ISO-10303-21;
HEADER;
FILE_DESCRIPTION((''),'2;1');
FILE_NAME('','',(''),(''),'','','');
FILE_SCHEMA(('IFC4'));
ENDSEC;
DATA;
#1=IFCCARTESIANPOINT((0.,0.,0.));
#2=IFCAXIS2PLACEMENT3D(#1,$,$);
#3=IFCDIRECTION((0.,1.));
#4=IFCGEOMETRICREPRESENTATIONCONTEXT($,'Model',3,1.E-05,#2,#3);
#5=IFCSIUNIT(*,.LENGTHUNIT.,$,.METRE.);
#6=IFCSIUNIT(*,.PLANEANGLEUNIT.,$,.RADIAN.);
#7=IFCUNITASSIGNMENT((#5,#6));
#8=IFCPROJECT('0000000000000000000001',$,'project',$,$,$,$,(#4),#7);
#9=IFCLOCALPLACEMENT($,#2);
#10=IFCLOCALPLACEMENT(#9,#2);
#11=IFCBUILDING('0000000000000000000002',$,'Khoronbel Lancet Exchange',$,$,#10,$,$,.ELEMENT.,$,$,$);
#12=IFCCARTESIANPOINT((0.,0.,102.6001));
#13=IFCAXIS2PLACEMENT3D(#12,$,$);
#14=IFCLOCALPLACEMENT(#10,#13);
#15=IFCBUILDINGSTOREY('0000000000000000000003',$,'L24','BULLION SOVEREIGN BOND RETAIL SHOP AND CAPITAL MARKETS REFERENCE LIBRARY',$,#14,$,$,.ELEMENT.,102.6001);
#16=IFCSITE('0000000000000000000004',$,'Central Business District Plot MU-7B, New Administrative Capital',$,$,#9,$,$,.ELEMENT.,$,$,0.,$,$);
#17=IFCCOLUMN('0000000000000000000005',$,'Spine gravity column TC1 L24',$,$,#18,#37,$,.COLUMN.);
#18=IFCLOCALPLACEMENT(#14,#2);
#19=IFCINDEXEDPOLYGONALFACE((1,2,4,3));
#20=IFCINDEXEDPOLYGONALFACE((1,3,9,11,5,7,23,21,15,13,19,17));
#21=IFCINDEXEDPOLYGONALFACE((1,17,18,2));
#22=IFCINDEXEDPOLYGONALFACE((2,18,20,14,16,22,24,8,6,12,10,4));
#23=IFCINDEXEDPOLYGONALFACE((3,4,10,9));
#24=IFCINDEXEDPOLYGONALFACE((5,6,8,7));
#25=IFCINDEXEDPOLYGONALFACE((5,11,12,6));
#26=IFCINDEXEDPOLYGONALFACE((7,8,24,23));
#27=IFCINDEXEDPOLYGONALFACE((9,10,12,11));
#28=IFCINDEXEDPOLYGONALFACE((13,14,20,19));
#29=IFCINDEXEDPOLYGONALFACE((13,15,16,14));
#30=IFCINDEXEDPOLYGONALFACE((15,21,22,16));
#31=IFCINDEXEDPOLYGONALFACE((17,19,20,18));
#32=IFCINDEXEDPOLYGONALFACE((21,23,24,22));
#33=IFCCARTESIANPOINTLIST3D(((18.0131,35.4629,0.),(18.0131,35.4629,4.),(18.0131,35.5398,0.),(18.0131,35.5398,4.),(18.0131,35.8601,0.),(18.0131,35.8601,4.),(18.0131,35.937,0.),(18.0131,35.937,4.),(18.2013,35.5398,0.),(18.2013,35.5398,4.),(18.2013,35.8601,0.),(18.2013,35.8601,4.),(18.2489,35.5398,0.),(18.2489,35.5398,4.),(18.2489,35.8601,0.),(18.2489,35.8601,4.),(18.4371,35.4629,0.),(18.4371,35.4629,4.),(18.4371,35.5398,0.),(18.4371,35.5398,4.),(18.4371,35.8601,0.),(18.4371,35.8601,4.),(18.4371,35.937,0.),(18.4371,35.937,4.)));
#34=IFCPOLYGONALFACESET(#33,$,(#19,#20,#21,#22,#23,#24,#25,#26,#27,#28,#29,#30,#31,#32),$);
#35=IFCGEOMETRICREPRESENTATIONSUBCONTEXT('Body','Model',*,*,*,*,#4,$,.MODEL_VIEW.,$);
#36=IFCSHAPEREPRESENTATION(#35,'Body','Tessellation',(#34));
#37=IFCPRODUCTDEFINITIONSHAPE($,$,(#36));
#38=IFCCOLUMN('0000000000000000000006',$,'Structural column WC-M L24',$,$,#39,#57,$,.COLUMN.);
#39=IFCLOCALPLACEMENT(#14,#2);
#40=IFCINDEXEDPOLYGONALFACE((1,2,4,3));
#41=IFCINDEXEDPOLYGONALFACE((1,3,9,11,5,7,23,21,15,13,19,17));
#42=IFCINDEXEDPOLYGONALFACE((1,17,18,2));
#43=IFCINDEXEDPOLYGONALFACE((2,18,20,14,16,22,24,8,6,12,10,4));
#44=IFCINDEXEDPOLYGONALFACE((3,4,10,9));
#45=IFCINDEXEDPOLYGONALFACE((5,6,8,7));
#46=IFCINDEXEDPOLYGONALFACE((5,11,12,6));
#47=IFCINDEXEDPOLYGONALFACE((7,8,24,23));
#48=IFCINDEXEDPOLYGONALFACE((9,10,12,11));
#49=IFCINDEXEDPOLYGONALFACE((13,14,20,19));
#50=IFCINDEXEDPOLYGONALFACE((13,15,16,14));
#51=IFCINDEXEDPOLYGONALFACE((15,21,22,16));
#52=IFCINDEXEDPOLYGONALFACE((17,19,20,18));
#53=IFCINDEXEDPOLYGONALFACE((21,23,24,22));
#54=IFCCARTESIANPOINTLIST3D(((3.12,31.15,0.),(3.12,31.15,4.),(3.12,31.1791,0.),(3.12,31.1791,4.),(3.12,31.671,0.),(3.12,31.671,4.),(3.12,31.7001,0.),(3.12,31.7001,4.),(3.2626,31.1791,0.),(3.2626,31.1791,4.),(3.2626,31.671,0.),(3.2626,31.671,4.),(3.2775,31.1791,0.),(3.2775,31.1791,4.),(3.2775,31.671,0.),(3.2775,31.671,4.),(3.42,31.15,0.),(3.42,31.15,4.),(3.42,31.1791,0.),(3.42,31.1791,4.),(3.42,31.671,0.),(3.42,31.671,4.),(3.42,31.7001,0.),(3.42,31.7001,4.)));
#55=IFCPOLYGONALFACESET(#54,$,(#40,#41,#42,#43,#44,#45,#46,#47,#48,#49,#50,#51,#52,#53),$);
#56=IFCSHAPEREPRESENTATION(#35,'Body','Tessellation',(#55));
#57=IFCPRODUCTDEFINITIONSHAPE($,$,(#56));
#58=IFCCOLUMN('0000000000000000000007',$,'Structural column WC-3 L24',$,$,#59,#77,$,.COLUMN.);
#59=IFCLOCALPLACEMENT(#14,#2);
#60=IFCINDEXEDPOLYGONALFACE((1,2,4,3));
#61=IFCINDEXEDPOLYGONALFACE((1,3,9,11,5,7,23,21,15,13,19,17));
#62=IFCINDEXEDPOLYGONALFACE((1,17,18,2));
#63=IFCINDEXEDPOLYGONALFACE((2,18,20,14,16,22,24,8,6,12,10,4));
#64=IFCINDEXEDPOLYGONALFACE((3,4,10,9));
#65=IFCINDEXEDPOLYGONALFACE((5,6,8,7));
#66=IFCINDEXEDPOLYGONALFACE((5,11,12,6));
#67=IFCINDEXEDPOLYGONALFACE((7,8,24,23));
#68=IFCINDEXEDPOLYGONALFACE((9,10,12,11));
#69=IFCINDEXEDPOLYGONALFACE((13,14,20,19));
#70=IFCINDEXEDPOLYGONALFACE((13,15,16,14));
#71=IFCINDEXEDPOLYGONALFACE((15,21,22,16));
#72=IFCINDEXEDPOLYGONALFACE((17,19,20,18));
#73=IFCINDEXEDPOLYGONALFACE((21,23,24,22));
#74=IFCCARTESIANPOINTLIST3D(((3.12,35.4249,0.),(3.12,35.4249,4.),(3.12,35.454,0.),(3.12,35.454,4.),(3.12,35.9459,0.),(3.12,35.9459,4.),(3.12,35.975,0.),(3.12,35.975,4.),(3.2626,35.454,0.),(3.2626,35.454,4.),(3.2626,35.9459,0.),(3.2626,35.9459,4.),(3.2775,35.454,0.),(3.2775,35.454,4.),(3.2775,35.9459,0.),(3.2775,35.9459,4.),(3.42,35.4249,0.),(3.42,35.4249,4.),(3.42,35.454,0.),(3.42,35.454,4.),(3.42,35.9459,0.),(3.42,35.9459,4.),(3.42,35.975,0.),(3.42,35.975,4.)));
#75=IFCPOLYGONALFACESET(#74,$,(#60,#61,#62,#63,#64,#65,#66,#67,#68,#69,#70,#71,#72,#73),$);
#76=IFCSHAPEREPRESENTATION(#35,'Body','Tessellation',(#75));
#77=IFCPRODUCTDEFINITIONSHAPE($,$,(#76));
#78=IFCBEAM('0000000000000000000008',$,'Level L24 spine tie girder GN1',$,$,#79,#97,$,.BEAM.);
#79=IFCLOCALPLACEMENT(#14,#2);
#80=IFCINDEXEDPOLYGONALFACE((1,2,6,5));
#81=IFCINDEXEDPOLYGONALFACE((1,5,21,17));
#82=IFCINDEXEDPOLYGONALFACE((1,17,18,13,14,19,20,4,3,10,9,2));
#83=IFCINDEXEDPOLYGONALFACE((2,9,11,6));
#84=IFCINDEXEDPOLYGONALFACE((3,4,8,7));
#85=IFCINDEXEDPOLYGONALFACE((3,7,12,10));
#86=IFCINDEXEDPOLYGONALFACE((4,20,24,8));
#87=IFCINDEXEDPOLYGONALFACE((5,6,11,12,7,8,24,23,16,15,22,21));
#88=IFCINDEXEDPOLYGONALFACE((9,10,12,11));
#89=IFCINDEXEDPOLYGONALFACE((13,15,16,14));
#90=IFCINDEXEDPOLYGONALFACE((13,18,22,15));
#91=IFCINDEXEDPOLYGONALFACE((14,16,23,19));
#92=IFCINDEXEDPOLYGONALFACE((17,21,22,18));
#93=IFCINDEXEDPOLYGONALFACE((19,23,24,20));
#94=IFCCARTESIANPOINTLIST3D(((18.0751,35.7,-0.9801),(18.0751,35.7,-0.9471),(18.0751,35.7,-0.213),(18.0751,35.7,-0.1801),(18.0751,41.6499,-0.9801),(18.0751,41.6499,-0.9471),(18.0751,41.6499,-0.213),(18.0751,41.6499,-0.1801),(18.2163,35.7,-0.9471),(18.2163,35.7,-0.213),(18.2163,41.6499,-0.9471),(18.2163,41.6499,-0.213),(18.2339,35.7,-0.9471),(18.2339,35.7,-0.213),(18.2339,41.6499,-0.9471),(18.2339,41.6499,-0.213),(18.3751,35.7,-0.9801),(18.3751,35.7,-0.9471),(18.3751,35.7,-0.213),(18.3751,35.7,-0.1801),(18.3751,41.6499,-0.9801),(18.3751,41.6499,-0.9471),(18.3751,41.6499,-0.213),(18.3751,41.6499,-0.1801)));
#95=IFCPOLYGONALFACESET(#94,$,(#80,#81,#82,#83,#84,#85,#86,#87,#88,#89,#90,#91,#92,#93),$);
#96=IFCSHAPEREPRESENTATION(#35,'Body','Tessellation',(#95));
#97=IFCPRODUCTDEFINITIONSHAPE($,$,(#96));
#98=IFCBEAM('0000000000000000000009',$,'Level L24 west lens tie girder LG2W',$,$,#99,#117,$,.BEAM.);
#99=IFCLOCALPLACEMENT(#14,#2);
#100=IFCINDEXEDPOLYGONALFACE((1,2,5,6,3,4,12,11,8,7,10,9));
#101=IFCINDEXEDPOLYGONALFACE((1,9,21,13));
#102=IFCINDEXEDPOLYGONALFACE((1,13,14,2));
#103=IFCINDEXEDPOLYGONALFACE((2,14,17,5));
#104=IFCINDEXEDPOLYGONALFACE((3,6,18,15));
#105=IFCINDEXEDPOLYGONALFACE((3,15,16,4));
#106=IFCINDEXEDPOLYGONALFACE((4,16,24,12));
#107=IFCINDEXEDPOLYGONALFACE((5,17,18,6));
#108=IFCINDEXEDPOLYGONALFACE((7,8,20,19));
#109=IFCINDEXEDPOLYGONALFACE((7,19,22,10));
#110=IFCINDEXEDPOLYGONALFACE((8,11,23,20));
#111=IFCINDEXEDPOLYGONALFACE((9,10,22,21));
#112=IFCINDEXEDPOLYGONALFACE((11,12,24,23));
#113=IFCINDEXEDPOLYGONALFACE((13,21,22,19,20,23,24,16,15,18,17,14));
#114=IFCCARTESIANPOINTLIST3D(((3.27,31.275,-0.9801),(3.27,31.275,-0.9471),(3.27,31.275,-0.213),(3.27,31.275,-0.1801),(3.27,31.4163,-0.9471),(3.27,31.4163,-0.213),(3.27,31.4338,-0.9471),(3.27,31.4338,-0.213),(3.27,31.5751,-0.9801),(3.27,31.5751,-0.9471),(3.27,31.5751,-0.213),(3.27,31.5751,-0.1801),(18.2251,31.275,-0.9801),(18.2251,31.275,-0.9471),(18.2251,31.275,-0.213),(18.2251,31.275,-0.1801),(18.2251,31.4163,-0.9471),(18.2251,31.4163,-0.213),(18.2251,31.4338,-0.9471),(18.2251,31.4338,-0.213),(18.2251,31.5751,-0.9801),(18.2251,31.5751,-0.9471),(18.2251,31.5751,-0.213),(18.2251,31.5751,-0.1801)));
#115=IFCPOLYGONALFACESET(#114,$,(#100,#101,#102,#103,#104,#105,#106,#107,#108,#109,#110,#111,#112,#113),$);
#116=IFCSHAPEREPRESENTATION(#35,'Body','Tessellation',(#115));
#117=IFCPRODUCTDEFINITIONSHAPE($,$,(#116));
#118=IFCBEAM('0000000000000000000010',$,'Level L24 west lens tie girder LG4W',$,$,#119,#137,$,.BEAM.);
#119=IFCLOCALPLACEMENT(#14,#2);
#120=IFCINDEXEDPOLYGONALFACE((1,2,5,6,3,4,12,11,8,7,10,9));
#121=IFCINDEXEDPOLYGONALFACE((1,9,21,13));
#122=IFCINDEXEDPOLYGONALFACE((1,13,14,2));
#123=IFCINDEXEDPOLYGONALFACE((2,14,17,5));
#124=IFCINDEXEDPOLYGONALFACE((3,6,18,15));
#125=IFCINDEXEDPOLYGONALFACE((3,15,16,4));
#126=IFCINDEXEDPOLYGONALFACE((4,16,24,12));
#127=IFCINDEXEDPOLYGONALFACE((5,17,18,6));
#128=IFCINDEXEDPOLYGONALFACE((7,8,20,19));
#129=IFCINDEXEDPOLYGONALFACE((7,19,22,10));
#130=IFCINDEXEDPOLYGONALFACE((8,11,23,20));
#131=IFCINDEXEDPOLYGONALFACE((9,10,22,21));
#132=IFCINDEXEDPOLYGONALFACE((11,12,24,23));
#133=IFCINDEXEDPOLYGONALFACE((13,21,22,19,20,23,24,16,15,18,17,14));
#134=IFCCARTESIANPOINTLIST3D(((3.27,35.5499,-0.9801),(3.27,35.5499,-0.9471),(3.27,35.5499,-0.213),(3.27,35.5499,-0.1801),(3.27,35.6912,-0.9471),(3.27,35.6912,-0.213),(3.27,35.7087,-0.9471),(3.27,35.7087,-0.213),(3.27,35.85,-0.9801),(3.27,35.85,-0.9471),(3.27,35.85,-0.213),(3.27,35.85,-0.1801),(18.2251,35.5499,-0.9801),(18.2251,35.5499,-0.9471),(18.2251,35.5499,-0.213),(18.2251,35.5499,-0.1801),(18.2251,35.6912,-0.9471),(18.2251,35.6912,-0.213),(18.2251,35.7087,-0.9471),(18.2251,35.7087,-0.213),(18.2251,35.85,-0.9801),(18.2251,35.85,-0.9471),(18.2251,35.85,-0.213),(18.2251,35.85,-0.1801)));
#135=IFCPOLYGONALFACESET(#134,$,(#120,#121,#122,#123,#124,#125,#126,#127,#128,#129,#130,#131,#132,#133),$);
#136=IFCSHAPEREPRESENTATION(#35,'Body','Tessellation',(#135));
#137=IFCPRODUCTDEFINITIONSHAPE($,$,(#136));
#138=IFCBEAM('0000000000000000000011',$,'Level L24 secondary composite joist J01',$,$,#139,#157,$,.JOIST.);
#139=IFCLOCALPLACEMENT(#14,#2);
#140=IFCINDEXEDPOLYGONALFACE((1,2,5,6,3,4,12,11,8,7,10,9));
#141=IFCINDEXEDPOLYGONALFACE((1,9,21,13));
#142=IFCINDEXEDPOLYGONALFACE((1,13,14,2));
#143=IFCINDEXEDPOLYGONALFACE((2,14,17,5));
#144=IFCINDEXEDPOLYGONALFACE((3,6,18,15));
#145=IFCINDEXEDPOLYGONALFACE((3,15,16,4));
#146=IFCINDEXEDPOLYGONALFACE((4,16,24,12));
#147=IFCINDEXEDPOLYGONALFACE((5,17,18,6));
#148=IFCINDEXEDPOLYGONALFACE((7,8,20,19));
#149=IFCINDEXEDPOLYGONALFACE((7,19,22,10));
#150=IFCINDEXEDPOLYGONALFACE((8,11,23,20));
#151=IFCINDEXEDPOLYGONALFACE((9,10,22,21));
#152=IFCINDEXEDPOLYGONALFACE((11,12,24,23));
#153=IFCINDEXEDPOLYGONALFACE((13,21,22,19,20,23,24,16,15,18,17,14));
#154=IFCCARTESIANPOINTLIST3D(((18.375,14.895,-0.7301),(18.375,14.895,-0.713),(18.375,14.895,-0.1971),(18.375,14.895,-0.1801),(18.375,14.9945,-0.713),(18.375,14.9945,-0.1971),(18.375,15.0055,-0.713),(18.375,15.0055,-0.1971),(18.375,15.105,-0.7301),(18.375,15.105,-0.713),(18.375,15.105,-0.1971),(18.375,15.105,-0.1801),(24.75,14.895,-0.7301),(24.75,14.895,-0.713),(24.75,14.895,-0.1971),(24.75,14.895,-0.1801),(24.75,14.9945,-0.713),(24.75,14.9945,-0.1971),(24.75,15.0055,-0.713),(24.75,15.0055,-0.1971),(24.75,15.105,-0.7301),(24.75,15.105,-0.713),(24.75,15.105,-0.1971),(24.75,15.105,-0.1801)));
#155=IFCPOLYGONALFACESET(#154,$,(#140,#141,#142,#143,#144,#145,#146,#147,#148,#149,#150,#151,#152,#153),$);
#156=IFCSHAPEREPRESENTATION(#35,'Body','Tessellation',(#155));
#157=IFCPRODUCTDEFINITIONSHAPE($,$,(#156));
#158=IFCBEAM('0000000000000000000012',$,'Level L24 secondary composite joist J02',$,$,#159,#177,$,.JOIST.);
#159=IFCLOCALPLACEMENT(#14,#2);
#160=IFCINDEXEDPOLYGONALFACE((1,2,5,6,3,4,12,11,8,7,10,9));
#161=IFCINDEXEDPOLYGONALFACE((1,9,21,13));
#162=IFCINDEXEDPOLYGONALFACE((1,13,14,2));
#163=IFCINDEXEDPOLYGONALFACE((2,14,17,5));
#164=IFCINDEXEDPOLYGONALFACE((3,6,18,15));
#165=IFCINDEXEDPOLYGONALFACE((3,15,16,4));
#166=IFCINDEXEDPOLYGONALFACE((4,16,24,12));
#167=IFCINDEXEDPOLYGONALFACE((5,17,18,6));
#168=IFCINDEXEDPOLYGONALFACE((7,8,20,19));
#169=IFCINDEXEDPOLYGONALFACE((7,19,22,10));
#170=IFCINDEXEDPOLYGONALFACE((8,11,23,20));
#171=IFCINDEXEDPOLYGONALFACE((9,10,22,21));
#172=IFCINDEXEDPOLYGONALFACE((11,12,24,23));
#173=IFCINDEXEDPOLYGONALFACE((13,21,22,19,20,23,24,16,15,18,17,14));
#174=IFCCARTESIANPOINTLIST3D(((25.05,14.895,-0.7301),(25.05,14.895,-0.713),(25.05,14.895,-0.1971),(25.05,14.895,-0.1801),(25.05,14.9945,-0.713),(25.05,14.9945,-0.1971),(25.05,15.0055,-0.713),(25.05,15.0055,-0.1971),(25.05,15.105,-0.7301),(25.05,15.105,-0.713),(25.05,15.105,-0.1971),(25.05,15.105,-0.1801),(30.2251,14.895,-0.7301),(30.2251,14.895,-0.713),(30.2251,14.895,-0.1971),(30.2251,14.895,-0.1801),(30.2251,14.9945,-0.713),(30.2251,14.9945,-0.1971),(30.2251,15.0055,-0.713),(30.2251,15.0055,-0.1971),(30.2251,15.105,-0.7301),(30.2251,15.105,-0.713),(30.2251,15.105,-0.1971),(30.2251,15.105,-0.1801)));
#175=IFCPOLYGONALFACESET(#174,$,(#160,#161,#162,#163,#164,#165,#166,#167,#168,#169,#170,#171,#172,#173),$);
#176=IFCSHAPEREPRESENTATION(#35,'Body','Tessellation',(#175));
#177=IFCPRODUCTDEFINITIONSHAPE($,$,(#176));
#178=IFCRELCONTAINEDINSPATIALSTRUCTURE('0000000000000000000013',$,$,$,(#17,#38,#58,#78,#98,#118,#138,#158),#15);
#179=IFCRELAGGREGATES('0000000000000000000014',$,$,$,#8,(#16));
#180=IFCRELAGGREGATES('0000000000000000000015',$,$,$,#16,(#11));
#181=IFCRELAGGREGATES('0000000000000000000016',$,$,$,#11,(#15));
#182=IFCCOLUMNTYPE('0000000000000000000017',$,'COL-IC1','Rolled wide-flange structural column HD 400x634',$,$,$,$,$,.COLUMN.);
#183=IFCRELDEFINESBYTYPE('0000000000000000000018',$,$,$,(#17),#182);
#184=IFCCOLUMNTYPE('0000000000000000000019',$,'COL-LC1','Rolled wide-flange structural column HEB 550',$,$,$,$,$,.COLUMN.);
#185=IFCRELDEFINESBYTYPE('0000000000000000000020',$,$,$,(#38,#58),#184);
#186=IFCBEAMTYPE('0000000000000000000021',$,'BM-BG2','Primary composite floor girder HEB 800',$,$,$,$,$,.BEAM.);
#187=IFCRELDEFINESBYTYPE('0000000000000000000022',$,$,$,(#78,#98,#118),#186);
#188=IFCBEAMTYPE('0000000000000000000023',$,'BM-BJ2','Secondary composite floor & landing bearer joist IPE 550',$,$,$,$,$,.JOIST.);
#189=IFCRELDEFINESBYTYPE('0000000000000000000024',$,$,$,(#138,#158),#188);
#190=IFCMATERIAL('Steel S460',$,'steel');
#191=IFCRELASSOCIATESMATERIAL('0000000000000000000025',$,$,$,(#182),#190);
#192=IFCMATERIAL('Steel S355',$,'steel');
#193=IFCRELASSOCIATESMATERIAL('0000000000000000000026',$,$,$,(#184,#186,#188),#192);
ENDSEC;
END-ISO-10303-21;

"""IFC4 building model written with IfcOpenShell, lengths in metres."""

from ifc_helpers import new_model, si_unit, direction, frame, origin, origin_2d, place, context, subcontext, project, spatial, i_section, extrude, material, material_profile, profile_set, type_object, element, save


model = new_model("IFC4")

# Units and contexts
model_context = context("Model", 3, precision=1e-05, world=origin(), true_north=direction((0.0, 1.0)))
body_context = subcontext(model_context, "Body", "Model", "MODEL_VIEW")
ifc_project = project(units=[si_unit("LENGTHUNIT", "METRE"), si_unit("PLANEANGLEUNIT", "RADIAN")], contexts=[model_context])

# Site, building, storey
site_placement = place(None, origin())
site = spatial("IfcSite", under=ifc_project, at=site_placement, Name="Central Business District Plot MU-7B, New Administrative Capital", CompositionType="ELEMENT", RefElevation=0.0)
building_placement = place(site_placement, origin())
building = spatial("IfcBuilding", under=site, at=building_placement, Name="Khoronbel Lancet Exchange", CompositionType="ELEMENT")
storey_placement = place(building_placement, frame((0.0, 0.0, 102.6001)))
storey = spatial("IfcBuildingStorey", under=building, at=storey_placement, Name="L24", Description="BULLION SOVEREIGN BOND RETAIL SHOP AND CAPITAL MARKETS REFERENCE LIBRARY", CompositionType="ELEMENT", Elevation=102.6001)

# Columns
ifc_material_1 = material(Name="Steel S460", Category="steel")
ifc_material_profile_1 = material_profile(ifc_material_1, i_section(OverallWidth=0.4241, OverallDepth=0.4741, WebThickness=0.0476, FlangeThickness=0.0769, at=origin_2d()), Name="HD 400x634")
ifc_profile_set_1 = profile_set([ifc_material_profile_1], Name="Steel S460")
column_type_1 = type_object("IfcColumnType", Name="COL-IC1", Description="Rolled wide-flange structural column HD 400x634", PredefinedType="COLUMN", material=ifc_profile_set_1)
column_placement = place(storey_placement, frame((18.2251, 35.7, 0.0), z_axis=(0.0, 0.0, 1.0), x_axis=(1.0, 0.0, 0.0)))
element("IfcColumn", 1, at=column_placement, inside=storey, type_object=column_type_1, Name="Spine gravity column TC1 L24", PredefinedType="COLUMN", context=body_context, shape_type="SweptSolid", body=[
    extrude(i_section(OverallWidth=0.4241, OverallDepth=0.4741, WebThickness=0.0476, FlangeThickness=0.0769, at=origin_2d()), origin(), (0.0, 0.0, 1.0), 4.0),
])
ifc_material_2 = material(Name="Steel S355", Category="steel")
ifc_material_profile_2 = material_profile(ifc_material_2, i_section(OverallWidth=0.3, OverallDepth=0.55, WebThickness=0.0149, FlangeThickness=0.0291, at=origin_2d()), Name="HEB 550")
ifc_profile_set_2 = profile_set([ifc_material_profile_2], Name="Steel S355")
column_type_2 = type_object("IfcColumnType", Name="COL-LC1", Description="Rolled wide-flange structural column HEB 550", PredefinedType="COLUMN", material=ifc_profile_set_2)
for number, where, z_axis, x_axis, name in (
    (2, (3.27, 31.425, 0.0), (0.0, 0.0, 1.0), (1.0, 0.0, 0.0), "Structural column WC-M L24"),
    (3, (3.27, 35.7, 0.0), (0.0, 0.0, 1.0), (1.0, 0.0, 0.0), "Structural column WC-3 L24"),
):
    element("IfcColumn", number, at=place(storey_placement, frame(where, z_axis=z_axis, x_axis=x_axis)), inside=storey, type_object=column_type_2, Name=name, PredefinedType="COLUMN", context=body_context, shape_type="SweptSolid", body=[
        extrude(i_section(OverallWidth=0.3, OverallDepth=0.55, WebThickness=0.0149, FlangeThickness=0.0291, at=origin_2d()), origin(), (0.0, 0.0, 1.0), 4.0),
    ])

# Beams
ifc_material_profile_3 = material_profile(ifc_material_2, i_section(OverallWidth=0.3, OverallDepth=0.8, WebThickness=0.0176, FlangeThickness=0.033, at=origin_2d()), Name="HEB 800")
ifc_profile_set_3 = profile_set([ifc_material_profile_3], Name="Steel S355")
beam_type_1 = type_object("IfcBeamType", Name="BM-BG2", Description="Primary composite floor girder HEB 800", PredefinedType="BEAM", material=ifc_profile_set_3)
beam_1_placement = place(storey_placement, frame((18.2251, 35.7, -0.5801), z_axis=(0.0, 1.0, 0.0), x_axis=(-1.0, 0.0, 0.0)))
element("IfcBeam", 4, at=beam_1_placement, inside=storey, type_object=beam_type_1, Name="Level L24 spine tie girder GN1", PredefinedType="BEAM", context=body_context, shape_type="SweptSolid", body=[
    extrude(i_section(OverallWidth=0.3, OverallDepth=0.8, WebThickness=0.0176, FlangeThickness=0.033, at=origin_2d()), origin(), (0.0, 0.0, 1.0), 5.95),
])
for number, where, z_axis, x_axis, name in (
    (5, (3.27, 31.425, -0.5801), (1.0, 0.0, 0.0), (0.0, 1.0, 0.0), "Level L24 west lens tie girder LG2W"),
    (6, (3.27, 35.7, -0.5801), (1.0, 0.0, 0.0), (0.0, 1.0, 0.0), "Level L24 west lens tie girder LG4W"),
):
    element("IfcBeam", number, at=place(storey_placement, frame(where, z_axis=z_axis, x_axis=x_axis)), inside=storey, type_object=beam_type_1, Name=name, PredefinedType="BEAM", context=body_context, shape_type="SweptSolid", body=[
        extrude(i_section(OverallWidth=0.3, OverallDepth=0.8, WebThickness=0.0176, FlangeThickness=0.033, at=origin_2d()), origin(), (0.0, 0.0, 1.0), 14.9551),
    ])
ifc_material_profile_4 = material_profile(ifc_material_2, i_section(OverallWidth=0.21, OverallDepth=0.55, WebThickness=0.011, FlangeThickness=0.0171, at=origin_2d()), Name="IPE 550")
ifc_profile_set_4 = profile_set([ifc_material_profile_4], Name="Steel S355")
beam_type_2 = type_object("IfcBeamType", Name="BM-BJ2", Description="Secondary composite floor & landing bearer joist IPE 550", PredefinedType="JOIST", material=ifc_profile_set_4)
beam_2_placement = place(storey_placement, frame((18.375, 15.0, -0.4551), z_axis=(1.0, 0.0, 0.0), x_axis=(0.0, 1.0, 0.0)))
element("IfcBeam", 7, at=beam_2_placement, inside=storey, type_object=beam_type_2, Name="Level L24 secondary composite joist J01", PredefinedType="JOIST", context=body_context, shape_type="SweptSolid", body=[
    extrude(i_section(OverallWidth=0.21, OverallDepth=0.55, WebThickness=0.011, FlangeThickness=0.0171, at=origin_2d()), origin(), (0.0, 0.0, 1.0), 6.375),
])
beam_3_placement = place(storey_placement, frame((25.05, 15.0, -0.4551), z_axis=(1.0, 0.0, 0.0), x_axis=(0.0, 1.0, 0.0)))
element("IfcBeam", 8, at=beam_3_placement, inside=storey, type_object=beam_type_2, Name="Level L24 secondary composite joist J02", PredefinedType="JOIST", context=body_context, shape_type="SweptSolid", body=[
    extrude(i_section(OverallWidth=0.21, OverallDepth=0.55, WebThickness=0.011, FlangeThickness=0.0171, at=origin_2d()), origin(), (0.0, 0.0, 1.0), 5.175),
])

save(model, "model.ifc")
